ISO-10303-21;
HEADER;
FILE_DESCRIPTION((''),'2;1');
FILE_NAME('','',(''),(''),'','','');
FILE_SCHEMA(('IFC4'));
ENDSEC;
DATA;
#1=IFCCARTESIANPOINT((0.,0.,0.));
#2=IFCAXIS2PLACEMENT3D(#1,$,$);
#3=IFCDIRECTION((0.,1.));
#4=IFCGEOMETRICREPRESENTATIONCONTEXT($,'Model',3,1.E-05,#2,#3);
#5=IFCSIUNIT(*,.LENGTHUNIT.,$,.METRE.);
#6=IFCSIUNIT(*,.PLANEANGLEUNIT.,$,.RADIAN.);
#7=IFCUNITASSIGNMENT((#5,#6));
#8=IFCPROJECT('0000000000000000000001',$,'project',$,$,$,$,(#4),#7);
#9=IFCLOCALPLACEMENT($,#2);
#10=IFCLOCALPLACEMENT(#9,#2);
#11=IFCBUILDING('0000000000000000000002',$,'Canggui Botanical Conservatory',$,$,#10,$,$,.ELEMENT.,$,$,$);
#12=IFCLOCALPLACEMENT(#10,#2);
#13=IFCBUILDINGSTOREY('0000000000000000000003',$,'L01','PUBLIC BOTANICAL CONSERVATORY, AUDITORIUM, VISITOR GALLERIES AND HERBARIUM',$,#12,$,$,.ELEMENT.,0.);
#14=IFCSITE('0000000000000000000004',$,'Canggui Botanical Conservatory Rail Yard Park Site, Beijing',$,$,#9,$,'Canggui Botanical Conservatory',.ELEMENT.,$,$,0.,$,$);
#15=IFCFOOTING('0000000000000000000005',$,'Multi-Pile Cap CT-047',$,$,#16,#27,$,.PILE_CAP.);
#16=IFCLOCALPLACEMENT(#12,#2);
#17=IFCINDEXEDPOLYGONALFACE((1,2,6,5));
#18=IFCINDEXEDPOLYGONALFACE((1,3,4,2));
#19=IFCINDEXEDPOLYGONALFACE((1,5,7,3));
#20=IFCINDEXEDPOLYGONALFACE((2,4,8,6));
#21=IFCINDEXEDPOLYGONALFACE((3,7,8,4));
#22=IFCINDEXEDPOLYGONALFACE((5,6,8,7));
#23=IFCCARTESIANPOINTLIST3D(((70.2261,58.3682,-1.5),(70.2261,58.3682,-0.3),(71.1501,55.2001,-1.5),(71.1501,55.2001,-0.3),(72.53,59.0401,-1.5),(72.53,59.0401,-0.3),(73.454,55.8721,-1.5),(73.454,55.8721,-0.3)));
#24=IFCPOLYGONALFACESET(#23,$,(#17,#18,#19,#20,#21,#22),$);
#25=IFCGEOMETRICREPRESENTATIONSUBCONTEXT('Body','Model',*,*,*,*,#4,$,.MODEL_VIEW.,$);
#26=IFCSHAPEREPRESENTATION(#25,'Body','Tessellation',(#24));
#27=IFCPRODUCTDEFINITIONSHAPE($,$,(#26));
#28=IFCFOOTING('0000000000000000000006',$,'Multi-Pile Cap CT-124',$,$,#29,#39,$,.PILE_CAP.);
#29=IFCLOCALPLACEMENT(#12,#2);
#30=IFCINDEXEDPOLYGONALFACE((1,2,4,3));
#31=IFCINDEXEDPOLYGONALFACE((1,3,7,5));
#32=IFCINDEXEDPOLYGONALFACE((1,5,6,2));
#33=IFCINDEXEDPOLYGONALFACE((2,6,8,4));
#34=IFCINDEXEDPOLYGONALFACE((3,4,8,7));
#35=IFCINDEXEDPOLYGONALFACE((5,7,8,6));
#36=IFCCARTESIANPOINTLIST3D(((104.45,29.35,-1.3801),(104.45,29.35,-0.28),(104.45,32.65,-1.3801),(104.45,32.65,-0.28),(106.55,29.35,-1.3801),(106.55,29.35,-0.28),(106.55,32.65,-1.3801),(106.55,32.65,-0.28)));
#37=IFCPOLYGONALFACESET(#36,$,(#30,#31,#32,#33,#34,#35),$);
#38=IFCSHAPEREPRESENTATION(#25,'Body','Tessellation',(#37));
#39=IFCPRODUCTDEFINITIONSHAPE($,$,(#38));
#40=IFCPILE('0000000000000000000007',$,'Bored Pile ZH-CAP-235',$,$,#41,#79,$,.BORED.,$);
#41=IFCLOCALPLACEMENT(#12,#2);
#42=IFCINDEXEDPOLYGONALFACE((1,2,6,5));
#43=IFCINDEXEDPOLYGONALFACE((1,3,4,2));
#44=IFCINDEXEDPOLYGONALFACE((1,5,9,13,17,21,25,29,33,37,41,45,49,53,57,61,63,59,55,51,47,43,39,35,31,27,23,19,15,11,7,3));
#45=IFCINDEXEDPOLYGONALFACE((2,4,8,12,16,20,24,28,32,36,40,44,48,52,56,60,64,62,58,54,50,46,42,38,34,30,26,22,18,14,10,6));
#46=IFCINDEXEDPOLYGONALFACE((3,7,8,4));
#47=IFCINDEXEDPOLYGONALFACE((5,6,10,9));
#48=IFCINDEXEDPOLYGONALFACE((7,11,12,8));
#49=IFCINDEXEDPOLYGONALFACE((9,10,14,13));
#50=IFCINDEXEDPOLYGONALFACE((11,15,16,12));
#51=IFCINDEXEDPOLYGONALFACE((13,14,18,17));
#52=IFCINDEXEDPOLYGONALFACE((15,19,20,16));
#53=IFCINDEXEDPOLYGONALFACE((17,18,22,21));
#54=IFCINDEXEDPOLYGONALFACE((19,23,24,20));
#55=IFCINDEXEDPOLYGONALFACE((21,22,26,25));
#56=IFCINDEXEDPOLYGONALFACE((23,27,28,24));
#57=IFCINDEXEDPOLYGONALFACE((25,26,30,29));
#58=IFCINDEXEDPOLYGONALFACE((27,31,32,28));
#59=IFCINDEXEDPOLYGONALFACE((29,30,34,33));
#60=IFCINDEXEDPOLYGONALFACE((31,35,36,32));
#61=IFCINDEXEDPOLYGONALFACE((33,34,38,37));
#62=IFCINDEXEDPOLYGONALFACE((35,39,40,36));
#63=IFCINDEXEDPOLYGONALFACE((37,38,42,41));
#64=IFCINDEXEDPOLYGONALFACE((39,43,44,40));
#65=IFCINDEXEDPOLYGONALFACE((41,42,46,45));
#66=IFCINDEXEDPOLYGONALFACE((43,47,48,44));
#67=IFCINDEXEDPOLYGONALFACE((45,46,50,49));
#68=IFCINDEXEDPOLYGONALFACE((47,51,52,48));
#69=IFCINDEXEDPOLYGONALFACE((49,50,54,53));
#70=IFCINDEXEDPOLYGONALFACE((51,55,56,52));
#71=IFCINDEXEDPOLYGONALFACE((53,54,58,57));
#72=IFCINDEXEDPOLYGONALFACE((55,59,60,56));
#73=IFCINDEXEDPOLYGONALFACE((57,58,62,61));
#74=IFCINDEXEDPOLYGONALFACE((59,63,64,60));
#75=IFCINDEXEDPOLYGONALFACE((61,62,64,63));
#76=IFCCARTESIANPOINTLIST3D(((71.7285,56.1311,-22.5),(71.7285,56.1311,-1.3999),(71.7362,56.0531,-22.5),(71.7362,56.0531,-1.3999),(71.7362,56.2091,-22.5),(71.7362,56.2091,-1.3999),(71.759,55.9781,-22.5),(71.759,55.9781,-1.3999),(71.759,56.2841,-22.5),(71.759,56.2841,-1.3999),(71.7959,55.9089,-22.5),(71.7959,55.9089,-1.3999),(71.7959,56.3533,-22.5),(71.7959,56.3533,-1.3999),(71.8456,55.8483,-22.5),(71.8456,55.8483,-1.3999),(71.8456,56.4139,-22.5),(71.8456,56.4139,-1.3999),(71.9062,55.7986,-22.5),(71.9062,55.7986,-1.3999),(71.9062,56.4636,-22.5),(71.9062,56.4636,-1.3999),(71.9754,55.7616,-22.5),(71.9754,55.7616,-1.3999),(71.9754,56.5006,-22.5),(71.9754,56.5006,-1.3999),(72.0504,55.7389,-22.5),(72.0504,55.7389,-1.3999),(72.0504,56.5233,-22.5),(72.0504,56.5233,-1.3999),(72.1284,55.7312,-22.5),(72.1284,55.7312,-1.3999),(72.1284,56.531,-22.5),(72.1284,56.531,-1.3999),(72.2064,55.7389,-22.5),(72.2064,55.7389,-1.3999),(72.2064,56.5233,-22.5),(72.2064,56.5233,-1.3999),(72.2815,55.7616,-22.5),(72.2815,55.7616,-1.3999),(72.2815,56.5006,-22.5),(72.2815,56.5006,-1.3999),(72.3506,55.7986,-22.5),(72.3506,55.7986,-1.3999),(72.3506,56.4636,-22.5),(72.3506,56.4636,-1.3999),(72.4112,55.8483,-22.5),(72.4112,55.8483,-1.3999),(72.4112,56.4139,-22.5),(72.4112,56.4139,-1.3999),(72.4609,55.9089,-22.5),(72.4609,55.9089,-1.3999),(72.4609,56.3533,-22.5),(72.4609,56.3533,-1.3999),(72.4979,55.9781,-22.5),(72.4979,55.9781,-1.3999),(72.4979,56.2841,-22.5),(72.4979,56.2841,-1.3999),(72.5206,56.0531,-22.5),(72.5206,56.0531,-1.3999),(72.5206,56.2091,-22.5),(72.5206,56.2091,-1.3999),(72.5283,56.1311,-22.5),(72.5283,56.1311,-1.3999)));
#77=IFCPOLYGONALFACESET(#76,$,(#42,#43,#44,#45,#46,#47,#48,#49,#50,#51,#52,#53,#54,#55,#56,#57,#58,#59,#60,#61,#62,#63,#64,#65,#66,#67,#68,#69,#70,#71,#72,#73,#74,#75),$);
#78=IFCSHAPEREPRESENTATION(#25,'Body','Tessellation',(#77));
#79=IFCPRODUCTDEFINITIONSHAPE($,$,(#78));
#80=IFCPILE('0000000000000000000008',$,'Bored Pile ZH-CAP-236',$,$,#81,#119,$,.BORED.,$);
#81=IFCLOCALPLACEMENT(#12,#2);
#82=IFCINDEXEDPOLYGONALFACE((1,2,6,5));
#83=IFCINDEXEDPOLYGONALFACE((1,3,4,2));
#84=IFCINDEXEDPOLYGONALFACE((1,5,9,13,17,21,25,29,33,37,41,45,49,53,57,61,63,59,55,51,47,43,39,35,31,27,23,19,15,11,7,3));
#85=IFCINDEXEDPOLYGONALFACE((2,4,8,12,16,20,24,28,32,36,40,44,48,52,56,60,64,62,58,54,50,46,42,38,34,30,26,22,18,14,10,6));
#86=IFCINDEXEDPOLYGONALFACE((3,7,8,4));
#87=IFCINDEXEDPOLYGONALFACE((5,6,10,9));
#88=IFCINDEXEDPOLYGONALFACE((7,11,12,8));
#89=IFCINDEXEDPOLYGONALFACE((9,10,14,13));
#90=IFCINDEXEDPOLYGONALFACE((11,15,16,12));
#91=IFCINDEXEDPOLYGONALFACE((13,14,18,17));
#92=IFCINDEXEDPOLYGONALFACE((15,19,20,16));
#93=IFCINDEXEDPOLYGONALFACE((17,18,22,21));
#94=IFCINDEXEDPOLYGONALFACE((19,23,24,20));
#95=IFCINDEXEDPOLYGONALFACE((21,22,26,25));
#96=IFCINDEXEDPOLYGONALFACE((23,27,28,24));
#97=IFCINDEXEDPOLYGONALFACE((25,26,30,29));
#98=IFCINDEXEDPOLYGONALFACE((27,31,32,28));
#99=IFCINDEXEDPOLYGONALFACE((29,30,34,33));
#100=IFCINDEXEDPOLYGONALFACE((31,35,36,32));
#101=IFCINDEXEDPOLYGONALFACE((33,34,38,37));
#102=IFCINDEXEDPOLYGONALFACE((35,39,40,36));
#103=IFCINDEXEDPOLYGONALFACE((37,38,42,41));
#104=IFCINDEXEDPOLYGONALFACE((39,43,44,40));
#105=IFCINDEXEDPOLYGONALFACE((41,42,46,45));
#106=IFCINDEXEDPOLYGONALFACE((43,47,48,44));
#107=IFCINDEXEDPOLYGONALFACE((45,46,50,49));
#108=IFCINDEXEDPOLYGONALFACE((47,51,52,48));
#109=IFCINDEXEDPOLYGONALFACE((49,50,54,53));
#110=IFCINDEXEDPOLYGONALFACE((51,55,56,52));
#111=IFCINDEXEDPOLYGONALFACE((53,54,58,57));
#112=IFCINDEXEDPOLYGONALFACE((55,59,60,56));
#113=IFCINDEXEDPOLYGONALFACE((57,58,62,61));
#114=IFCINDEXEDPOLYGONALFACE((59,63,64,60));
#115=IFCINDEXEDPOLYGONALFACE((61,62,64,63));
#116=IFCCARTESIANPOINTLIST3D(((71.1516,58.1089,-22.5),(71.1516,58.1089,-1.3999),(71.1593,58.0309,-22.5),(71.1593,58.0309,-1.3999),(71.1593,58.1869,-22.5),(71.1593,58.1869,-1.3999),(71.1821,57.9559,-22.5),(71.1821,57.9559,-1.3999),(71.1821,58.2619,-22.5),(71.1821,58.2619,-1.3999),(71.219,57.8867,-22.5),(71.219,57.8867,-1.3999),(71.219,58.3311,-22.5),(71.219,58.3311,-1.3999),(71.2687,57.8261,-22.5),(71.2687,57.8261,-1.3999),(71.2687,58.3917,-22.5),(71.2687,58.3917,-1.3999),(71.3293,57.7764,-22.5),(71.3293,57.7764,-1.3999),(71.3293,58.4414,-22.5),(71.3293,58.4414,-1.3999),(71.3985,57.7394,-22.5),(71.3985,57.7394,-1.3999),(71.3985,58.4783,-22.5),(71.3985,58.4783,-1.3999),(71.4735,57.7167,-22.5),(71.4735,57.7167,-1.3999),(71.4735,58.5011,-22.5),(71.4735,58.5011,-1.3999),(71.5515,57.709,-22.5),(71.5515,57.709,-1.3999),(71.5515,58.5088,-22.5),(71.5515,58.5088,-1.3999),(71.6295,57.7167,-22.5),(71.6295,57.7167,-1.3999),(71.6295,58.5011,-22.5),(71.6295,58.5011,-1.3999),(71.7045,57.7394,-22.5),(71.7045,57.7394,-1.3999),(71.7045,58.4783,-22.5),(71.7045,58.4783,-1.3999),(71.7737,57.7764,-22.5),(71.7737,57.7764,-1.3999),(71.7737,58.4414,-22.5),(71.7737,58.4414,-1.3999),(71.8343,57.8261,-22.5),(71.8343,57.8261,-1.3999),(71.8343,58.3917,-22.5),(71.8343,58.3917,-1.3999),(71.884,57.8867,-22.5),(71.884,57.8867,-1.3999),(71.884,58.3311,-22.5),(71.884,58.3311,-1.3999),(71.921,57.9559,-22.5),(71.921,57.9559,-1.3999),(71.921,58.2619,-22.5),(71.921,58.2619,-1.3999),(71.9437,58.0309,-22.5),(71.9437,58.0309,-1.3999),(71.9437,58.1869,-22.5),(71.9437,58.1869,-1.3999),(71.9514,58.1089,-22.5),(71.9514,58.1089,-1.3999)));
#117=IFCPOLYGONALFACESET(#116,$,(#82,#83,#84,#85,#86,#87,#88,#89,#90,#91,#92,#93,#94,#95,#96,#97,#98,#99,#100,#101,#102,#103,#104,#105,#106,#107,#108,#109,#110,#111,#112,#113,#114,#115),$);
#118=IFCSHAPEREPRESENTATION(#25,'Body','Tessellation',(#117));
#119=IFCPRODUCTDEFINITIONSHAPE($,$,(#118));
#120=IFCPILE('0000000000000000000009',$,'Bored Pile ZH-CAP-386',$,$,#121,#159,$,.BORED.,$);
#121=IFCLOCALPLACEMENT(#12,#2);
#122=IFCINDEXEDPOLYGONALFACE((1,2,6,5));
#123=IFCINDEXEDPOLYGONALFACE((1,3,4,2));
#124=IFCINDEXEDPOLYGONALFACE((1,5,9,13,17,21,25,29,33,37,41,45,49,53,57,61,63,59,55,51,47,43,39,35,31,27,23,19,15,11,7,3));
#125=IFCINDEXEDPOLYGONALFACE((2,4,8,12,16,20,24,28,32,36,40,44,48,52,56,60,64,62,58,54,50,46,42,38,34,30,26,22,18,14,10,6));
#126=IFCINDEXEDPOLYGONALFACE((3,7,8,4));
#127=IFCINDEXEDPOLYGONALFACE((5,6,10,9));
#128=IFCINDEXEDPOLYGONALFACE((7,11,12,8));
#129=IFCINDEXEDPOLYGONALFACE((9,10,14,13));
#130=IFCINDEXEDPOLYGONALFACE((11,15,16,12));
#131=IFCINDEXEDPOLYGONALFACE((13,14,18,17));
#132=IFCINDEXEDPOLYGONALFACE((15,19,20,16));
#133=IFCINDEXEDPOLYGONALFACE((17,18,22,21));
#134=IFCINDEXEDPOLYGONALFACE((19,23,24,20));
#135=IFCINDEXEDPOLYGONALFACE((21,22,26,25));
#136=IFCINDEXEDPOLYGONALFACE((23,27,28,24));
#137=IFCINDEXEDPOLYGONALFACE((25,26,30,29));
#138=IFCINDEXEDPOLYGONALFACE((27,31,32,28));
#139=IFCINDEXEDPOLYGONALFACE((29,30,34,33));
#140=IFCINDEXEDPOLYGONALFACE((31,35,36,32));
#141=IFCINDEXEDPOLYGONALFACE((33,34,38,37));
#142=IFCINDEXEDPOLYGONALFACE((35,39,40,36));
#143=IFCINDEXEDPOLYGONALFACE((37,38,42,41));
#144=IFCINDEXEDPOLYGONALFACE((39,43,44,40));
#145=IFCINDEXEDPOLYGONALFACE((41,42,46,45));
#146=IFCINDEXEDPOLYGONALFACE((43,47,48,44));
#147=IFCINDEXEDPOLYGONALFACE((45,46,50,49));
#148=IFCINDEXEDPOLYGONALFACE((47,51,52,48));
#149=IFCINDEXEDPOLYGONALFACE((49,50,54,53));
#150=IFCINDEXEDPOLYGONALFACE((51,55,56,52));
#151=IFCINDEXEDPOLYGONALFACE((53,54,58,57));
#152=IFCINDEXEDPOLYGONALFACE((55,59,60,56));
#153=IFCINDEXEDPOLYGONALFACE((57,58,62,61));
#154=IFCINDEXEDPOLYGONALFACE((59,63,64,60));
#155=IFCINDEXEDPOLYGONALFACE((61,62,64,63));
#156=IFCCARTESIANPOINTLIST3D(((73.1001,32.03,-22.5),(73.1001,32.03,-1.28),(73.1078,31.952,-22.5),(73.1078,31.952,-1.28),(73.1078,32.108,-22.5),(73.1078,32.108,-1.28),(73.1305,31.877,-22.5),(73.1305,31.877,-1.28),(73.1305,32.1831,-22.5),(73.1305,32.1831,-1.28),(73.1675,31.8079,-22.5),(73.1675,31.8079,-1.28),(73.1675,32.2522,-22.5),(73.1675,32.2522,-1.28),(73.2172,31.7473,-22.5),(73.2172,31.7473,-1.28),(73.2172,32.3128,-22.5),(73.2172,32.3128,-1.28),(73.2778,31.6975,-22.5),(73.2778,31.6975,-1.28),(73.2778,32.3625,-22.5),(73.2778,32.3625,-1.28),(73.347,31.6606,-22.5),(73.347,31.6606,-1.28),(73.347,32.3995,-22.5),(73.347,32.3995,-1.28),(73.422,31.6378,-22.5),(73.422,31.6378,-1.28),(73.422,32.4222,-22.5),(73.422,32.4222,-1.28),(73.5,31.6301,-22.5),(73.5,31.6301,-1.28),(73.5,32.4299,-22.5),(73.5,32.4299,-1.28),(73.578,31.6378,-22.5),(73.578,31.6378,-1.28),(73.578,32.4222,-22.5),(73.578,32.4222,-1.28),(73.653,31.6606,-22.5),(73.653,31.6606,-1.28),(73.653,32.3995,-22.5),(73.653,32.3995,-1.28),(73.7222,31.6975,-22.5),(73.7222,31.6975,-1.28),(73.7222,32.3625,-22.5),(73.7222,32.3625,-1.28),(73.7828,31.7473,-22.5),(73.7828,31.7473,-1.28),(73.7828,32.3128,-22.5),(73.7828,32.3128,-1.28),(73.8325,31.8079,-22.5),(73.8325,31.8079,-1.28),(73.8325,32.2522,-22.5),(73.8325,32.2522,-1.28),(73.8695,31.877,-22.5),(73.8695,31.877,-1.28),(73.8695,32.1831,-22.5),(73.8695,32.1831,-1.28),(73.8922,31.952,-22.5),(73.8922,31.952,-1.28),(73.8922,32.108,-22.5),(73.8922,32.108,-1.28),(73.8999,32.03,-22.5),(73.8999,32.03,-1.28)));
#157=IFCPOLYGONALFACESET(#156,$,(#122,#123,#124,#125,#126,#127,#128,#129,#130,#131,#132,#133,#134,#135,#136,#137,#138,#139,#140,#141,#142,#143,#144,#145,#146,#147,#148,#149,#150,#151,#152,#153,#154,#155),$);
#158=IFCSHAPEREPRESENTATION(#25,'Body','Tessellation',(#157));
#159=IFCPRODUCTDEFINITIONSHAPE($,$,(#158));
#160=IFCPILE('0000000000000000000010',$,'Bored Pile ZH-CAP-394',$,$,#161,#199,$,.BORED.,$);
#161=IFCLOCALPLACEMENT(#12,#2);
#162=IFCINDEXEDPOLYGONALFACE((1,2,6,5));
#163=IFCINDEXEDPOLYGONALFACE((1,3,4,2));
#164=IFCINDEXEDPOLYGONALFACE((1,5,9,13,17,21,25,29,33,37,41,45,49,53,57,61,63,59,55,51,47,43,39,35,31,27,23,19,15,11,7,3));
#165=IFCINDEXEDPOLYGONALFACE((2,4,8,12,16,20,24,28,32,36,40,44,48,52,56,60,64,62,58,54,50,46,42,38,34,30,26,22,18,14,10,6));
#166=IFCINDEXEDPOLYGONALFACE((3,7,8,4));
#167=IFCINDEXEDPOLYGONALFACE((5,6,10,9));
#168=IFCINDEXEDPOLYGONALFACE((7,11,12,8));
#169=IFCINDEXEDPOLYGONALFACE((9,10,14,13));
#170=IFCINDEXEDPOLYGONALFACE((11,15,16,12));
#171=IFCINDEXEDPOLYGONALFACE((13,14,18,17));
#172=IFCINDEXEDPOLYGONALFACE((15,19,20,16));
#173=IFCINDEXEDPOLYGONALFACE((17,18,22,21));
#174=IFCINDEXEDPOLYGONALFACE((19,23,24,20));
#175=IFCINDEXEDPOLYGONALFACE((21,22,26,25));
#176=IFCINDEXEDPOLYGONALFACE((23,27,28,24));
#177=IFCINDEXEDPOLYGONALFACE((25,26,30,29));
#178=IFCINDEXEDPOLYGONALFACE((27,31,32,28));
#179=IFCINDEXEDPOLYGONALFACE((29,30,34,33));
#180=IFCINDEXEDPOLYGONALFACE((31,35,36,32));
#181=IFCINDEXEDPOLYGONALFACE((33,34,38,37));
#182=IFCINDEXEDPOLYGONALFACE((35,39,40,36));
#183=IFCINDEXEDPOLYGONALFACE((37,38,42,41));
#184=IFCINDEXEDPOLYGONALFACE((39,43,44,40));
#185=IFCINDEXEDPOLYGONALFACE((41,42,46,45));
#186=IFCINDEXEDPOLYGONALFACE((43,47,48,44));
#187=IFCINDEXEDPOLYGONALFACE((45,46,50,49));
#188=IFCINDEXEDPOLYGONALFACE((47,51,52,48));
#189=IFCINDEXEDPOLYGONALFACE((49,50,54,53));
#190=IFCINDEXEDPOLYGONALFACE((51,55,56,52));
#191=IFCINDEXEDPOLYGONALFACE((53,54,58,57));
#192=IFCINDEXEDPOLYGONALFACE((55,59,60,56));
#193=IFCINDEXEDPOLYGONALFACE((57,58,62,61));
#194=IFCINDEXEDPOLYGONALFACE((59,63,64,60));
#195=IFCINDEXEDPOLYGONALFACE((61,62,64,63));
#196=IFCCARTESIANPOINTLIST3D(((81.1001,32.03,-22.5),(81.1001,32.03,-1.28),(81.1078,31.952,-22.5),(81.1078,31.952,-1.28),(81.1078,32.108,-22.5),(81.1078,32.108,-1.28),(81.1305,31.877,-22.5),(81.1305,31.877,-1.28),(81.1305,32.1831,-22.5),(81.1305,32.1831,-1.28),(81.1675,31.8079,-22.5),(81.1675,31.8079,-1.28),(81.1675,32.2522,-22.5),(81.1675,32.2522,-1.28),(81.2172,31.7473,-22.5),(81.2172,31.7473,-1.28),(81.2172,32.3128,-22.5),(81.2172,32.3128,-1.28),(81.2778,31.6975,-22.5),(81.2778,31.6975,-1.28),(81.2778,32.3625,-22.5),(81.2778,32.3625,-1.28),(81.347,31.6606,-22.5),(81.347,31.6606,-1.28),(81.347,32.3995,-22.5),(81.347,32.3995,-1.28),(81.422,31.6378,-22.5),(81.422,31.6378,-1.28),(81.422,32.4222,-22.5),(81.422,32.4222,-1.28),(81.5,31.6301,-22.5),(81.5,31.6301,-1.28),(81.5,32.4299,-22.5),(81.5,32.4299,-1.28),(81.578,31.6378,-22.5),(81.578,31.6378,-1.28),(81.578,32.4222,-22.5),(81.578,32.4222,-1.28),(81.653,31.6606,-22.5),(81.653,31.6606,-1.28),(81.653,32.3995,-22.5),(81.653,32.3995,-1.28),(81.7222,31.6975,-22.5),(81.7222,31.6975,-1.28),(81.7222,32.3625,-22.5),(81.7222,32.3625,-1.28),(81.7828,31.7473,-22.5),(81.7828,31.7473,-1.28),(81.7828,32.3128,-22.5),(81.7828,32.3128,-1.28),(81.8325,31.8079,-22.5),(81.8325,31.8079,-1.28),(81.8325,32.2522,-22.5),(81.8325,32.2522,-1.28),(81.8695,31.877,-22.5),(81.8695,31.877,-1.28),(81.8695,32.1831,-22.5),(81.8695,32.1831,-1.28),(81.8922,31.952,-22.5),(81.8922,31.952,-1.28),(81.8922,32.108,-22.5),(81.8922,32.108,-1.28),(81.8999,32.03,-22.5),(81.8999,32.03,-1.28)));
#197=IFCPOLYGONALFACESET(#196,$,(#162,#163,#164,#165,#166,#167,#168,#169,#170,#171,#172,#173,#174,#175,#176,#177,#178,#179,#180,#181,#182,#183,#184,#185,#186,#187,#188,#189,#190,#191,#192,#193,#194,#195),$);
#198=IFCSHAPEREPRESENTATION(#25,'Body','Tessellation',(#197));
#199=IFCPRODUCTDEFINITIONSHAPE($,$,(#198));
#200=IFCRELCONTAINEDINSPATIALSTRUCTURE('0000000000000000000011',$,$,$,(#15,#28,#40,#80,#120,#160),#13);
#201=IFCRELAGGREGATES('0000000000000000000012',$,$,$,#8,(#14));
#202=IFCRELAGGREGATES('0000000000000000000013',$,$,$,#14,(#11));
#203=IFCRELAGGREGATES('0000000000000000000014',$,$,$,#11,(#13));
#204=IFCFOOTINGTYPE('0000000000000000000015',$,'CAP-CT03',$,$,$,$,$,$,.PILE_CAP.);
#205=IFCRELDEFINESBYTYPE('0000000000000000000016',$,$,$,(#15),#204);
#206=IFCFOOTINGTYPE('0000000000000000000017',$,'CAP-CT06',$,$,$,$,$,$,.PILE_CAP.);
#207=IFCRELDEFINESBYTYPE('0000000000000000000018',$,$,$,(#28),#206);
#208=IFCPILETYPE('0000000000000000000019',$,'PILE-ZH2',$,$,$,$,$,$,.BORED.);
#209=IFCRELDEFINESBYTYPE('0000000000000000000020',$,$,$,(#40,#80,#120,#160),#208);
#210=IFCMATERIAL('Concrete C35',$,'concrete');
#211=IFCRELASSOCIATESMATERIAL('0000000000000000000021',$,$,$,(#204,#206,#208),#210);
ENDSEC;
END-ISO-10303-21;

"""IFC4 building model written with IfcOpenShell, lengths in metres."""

from ifc_helpers import new_model, si_unit, direction, frame, origin, origin_2d, place, context, subcontext, project, spatial, rectangle, circle, extrude, material, material_profile, profile_set, type_object, element, save


model = new_model("IFC4")

# Units and contexts
model_context = context("Model", 3, precision=1e-05, world=origin(), true_north=direction((0.0, 1.0)))
body_context = subcontext(model_context, "Body", "Model", "MODEL_VIEW")
ifc_project = project(units=[si_unit("LENGTHUNIT", "METRE"), si_unit("PLANEANGLEUNIT", "RADIAN")], contexts=[model_context])

# Site, building, storey
site_placement = place(None, origin())
site = spatial("IfcSite", under=ifc_project, at=site_placement, Name="Canggui Botanical Conservatory Rail Yard Park Site, Beijing", LongName="Canggui Botanical Conservatory", CompositionType="ELEMENT", RefElevation=0.0)
building_placement = place(site_placement, origin())
building = spatial("IfcBuilding", under=site, at=building_placement, Name="Canggui Botanical Conservatory", CompositionType="ELEMENT")
storey_placement = place(building_placement, origin())
storey = spatial("IfcBuildingStorey", under=building, at=storey_placement, Name="L01", Description="PUBLIC BOTANICAL CONSERVATORY, AUDITORIUM, VISITOR GALLERIES AND HERBARIUM", CompositionType="ELEMENT", Elevation=0.0)

# Footings
ifc_material_1 = material(Name="Concrete C35", Category="concrete")
footing_type_1 = type_object("IfcFootingType", Name="CAP-CT03", PredefinedType="PILE_CAP", material=ifc_material_1)
footing_1_placement = place(storey_placement, frame((71.8401, 57.1201, -1.5), z_axis=(0.0, 0.0, 1.0), x_axis=(-0.28, 0.96, 0.0)))
element("IfcFooting", 1, at=footing_1_placement, inside=storey, type_object=footing_type_1, Name="Multi-Pile Cap CT-047", PredefinedType="PILE_CAP", context=body_context, shape_type="SweptSolid", body=[
    extrude(rectangle(XDim=3.3, YDim=2.3999, at=origin_2d()), origin(), (0.0, 0.0, 1.0), 1.2),
])
footing_type_2 = type_object("IfcFootingType", Name="CAP-CT06", PredefinedType="PILE_CAP", material=ifc_material_1)
footing_2_placement = place(storey_placement, frame((105.5, 31.0, -1.3801), z_axis=(0.0, 0.0, 1.0), x_axis=(0.0, 1.0, 0.0)))
element("IfcFooting", 2, at=footing_2_placement, inside=storey, type_object=footing_type_2, Name="Multi-Pile Cap CT-124", PredefinedType="PILE_CAP", context=body_context, shape_type="SweptSolid", body=[
    extrude(rectangle(XDim=3.3, YDim=2.1001, at=origin_2d()), origin(), (0.0, 0.0, 1.0), 1.1001),
])

# Piles
ifc_material_profile_1 = material_profile(ifc_material_1, circle(Radius=0.3999, at=origin_2d()), Name="PILE D800")
ifc_profile_set_1 = profile_set([ifc_material_profile_1], Name="Concrete C35")
pile_type = type_object("IfcPileType", Name="PILE-ZH2", PredefinedType="BORED", material=ifc_profile_set_1)
for number, where, z_axis, x_axis, name in (
    (3, (72.1284, 56.1311, -1.3999), (0.0, 0.0, -1.0), (1.0, 0.0, 0.0), "Bored Pile ZH-CAP-235"),
    (4, (71.5515, 58.1089, -1.3999), (0.0, 0.0, -1.0), (1.0, 0.0, 0.0), "Bored Pile ZH-CAP-236"),
):
    element("IfcPile", number, at=place(storey_placement, frame(where, z_axis=z_axis, x_axis=x_axis)), inside=storey, type_object=pile_type, Name=name, PredefinedType="BORED", context=body_context, shape_type="SweptSolid", body=[
        extrude(circle(Radius=0.3999, at=origin_2d()), origin(), (0.0, 0.0, 1.0), 21.1001),
    ])
for number, where, z_axis, x_axis, name in (
    (5, (73.5, 32.03, -1.28), (0.0, 0.0, -1.0), (1.0, 0.0, 0.0), "Bored Pile ZH-CAP-386"),
    (6, (81.5, 32.03, -1.28), (0.0, 0.0, -1.0), (1.0, 0.0, 0.0), "Bored Pile ZH-CAP-394"),
):
    element("IfcPile", number, at=place(storey_placement, frame(where, z_axis=z_axis, x_axis=x_axis)), inside=storey, type_object=pile_type, Name=name, PredefinedType="BORED", context=body_context, shape_type="SweptSolid", body=[
        extrude(circle(Radius=0.3999, at=origin_2d()), origin(), (0.0, 0.0, 1.0), 21.22),
    ])

save(model, "model.ifc")
